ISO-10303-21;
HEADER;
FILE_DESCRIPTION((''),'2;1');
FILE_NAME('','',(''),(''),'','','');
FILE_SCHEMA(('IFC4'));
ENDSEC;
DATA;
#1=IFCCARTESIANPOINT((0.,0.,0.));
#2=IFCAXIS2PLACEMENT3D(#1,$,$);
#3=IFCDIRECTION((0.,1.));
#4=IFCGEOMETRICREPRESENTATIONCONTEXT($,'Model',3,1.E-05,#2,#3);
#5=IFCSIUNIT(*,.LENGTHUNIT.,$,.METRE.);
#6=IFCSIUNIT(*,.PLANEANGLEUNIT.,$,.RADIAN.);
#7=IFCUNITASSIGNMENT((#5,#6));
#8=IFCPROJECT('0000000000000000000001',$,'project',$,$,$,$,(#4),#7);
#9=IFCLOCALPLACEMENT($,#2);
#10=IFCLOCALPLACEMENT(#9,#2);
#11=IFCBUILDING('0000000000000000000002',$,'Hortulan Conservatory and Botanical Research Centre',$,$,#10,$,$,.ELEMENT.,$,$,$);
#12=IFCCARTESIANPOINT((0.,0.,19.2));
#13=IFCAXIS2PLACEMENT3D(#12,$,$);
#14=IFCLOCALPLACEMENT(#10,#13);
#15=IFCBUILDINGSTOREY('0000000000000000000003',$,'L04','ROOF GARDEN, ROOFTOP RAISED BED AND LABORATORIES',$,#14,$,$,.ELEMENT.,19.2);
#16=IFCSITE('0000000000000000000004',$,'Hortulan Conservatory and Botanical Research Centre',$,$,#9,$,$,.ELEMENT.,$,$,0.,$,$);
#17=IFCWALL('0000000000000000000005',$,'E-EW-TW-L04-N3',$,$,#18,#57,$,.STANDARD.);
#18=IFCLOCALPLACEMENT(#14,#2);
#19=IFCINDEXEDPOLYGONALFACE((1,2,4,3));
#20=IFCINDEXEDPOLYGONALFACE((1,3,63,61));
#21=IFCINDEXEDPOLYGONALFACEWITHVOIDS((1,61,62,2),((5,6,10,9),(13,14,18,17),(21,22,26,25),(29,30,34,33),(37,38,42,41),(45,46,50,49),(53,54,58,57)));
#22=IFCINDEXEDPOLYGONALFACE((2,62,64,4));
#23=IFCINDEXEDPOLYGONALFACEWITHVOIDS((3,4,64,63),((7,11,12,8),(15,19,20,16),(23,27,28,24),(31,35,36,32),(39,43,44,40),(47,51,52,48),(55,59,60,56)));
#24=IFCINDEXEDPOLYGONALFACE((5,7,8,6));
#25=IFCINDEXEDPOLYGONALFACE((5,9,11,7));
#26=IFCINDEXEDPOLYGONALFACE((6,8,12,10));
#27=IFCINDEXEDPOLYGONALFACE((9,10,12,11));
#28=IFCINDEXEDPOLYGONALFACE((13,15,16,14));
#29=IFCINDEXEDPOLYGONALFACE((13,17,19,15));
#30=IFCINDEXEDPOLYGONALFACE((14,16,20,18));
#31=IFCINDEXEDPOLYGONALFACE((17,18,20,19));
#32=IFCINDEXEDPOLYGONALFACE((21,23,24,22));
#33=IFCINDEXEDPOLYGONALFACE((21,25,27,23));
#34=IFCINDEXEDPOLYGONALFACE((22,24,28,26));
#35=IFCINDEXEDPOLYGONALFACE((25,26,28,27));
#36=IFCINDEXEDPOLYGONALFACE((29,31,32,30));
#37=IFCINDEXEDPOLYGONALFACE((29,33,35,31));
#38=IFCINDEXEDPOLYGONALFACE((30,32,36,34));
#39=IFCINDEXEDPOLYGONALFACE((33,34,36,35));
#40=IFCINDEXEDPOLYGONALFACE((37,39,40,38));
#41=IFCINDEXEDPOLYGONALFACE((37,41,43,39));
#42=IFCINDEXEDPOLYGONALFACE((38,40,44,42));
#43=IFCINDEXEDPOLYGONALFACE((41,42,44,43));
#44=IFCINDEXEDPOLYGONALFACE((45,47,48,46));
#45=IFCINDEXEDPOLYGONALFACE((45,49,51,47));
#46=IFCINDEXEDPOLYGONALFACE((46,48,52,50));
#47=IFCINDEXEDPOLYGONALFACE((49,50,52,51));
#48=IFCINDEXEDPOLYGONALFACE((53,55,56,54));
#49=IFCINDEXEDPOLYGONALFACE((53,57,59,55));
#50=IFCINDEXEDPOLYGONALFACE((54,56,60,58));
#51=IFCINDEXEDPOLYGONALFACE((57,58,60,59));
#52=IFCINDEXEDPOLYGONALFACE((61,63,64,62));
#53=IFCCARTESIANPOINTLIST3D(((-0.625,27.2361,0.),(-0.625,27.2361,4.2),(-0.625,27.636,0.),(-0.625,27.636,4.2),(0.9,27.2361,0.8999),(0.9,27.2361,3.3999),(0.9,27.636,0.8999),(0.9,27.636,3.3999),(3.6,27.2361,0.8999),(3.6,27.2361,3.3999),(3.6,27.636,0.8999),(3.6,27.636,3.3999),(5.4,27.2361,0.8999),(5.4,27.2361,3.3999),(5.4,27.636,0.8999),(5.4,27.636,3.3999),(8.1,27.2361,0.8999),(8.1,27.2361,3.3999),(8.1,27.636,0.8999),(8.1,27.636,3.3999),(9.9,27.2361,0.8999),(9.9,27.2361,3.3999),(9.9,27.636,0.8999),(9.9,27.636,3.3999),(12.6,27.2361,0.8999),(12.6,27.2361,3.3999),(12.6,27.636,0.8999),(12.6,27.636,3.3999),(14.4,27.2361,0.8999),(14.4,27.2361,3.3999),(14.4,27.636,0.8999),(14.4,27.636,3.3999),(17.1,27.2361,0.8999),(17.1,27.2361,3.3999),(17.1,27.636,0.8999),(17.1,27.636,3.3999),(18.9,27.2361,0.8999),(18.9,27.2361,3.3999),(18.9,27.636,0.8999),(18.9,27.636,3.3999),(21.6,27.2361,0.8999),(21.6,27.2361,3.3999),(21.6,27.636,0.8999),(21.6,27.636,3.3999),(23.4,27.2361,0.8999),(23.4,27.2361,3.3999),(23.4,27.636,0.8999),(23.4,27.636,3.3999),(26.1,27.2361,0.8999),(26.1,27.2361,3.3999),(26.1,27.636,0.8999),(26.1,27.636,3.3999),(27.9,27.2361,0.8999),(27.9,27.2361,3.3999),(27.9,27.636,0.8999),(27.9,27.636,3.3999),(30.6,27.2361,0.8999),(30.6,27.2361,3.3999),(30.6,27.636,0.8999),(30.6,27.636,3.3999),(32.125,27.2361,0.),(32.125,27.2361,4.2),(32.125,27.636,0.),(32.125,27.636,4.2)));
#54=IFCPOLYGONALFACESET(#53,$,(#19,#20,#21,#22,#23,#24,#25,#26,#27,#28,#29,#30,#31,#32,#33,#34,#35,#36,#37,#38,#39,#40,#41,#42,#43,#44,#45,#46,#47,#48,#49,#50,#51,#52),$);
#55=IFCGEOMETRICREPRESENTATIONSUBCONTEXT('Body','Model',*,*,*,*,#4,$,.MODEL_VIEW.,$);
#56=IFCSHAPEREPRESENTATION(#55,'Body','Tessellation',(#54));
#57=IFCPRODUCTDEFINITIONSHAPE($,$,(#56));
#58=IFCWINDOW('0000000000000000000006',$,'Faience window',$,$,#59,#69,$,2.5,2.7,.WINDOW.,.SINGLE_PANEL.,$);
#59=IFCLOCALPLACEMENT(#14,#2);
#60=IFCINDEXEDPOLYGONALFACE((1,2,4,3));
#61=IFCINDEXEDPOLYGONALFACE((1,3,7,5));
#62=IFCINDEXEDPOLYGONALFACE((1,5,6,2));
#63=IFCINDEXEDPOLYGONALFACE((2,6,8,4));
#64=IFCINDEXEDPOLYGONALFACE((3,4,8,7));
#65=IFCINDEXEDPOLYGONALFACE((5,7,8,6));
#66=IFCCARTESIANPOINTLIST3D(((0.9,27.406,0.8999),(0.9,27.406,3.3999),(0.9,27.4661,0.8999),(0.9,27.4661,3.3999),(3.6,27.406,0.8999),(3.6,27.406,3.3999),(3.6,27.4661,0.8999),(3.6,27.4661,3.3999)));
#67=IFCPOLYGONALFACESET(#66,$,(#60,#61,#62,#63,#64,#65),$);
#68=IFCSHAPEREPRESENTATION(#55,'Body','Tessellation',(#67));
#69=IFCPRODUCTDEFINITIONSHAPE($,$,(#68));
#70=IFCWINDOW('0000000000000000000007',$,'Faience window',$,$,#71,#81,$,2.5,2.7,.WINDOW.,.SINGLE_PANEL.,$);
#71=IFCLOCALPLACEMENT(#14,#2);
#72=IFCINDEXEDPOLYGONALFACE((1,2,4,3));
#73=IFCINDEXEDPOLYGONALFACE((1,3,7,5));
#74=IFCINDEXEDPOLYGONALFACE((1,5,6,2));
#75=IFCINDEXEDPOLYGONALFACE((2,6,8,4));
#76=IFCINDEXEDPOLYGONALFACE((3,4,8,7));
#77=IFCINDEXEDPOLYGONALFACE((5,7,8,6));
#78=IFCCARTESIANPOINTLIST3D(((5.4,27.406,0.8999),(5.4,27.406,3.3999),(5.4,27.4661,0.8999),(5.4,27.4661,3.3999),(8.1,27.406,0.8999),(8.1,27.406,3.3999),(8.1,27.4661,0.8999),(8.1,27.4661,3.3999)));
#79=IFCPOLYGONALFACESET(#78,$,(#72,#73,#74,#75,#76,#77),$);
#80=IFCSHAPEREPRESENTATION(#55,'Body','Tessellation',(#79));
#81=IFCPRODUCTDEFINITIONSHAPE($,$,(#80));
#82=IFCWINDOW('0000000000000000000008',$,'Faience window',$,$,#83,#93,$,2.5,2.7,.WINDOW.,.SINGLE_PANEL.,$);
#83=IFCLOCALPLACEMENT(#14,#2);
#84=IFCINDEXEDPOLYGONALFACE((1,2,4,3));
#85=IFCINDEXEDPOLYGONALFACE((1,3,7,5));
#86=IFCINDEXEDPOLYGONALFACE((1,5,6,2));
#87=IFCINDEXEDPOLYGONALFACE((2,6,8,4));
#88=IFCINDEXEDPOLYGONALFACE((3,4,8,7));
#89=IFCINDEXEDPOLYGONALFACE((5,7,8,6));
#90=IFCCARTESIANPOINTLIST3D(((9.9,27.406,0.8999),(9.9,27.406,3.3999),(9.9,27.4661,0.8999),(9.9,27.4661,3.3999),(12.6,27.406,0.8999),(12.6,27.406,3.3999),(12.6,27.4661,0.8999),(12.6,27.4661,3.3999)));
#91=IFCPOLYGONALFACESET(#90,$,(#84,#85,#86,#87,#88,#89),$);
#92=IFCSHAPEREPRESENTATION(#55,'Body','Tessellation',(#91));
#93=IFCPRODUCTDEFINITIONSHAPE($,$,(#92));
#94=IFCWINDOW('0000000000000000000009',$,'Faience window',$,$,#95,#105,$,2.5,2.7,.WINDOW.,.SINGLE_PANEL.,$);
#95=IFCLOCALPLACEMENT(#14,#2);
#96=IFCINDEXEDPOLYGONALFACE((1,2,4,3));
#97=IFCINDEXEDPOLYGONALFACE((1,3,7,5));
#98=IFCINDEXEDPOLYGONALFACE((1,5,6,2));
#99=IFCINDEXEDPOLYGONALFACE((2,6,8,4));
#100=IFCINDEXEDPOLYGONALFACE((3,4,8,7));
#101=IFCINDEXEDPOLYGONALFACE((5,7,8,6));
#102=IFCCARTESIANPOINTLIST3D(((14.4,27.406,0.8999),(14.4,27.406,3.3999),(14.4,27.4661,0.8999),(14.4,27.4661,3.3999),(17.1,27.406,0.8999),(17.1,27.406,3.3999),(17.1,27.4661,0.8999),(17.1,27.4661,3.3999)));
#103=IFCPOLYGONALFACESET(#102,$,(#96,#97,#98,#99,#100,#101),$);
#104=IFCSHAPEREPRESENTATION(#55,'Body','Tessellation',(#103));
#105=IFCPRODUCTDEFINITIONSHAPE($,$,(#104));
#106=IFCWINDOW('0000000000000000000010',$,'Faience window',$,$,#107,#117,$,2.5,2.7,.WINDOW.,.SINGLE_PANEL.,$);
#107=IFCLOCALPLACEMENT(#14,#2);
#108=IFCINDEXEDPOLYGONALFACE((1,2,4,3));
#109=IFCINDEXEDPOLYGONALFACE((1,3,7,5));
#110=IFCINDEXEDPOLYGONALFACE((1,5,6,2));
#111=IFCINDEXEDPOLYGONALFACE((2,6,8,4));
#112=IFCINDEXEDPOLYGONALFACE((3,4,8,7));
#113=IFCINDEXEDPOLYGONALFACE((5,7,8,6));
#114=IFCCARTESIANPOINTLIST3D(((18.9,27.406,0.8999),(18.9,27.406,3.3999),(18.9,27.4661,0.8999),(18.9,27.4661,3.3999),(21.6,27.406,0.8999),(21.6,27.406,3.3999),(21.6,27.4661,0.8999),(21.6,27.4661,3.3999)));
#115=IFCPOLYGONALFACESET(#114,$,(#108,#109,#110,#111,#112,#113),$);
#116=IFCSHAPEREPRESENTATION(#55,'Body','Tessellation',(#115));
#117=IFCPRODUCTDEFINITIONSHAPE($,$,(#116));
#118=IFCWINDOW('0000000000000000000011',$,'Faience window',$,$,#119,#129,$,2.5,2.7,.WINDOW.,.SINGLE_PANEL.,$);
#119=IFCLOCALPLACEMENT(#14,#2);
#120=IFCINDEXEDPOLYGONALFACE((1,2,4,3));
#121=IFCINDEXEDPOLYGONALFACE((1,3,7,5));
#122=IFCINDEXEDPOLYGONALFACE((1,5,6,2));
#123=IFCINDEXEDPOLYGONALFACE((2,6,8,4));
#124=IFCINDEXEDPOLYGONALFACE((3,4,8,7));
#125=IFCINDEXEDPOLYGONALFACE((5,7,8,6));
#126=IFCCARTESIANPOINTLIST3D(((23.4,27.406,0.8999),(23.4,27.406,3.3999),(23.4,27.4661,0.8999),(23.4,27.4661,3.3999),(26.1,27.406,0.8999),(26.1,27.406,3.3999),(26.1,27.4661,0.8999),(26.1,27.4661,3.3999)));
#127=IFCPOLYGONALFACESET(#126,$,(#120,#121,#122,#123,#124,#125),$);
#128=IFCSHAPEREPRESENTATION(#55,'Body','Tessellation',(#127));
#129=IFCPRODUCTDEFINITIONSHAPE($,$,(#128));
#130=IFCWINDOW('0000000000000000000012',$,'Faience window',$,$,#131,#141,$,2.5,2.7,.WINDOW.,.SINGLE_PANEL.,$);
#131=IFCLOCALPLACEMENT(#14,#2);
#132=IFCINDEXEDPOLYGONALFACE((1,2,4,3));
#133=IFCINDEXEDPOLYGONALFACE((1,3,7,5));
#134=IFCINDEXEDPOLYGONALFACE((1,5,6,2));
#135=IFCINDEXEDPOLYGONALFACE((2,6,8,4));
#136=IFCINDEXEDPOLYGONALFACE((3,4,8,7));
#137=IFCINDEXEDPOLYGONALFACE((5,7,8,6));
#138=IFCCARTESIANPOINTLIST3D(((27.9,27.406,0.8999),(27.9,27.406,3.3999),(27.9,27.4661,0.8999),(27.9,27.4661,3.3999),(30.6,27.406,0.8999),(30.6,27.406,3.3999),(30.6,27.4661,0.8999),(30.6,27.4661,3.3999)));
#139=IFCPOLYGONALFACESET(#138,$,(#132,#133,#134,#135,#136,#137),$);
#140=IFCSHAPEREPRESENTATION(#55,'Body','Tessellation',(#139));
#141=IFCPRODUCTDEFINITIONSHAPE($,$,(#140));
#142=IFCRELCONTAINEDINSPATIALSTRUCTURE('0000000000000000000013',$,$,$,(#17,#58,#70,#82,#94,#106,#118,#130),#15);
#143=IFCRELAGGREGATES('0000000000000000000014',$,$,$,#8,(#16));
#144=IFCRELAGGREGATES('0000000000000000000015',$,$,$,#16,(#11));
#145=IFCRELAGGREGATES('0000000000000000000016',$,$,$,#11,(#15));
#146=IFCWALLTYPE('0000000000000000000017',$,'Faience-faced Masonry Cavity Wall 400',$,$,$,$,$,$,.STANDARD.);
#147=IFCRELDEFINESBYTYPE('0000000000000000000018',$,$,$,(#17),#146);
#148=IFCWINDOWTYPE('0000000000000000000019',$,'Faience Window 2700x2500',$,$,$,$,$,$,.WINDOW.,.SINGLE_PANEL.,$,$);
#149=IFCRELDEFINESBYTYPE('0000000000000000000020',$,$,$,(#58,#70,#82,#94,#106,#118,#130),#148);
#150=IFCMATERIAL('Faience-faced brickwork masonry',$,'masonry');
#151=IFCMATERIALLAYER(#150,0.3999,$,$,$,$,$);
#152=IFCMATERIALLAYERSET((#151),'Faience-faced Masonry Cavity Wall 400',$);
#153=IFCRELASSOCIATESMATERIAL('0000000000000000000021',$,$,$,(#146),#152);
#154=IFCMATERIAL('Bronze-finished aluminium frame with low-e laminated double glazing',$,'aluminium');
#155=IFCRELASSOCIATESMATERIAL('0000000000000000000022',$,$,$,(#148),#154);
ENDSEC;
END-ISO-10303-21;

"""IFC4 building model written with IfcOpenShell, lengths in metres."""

from ifc_helpers import new_model, si_unit, direction, frame, frame_2d, origin, place, context, subcontext, project, spatial, rectangle, extrude, material, layer, layer_set, type_object, element, fill, save


model = new_model("IFC4")

# Units and contexts
model_context = context("Model", 3, precision=1e-05, world=origin(), true_north=direction((0.0, 1.0)))
body_context = subcontext(model_context, "Body", "Model", "MODEL_VIEW")
ifc_project = project(units=[si_unit("LENGTHUNIT", "METRE"), si_unit("PLANEANGLEUNIT", "RADIAN")], contexts=[model_context])

# Site, building, storey
site_placement = place(None, origin())
site = spatial("IfcSite", under=ifc_project, at=site_placement, Name="Hortulan Conservatory and Botanical Research Centre", CompositionType="ELEMENT", RefElevation=0.0)
building_placement = place(site_placement, origin())
building = spatial("IfcBuilding", under=site, at=building_placement, Name="Hortulan Conservatory and Botanical Research Centre", CompositionType="ELEMENT")
storey_placement = place(building_placement, frame((0.0, 0.0, 19.2)))
storey = spatial("IfcBuildingStorey", under=building, at=storey_placement, Name="L04", Description="ROOF GARDEN, ROOFTOP RAISED BED AND LABORATORIES", CompositionType="ELEMENT", Elevation=19.2)

# Wall, openings, windows
ifc_material_1 = material(Name="Faience-faced brickwork masonry", Category="masonry")
ifc_layer_1 = layer(ifc_material_1, 0.3999)
ifc_layer_set_1 = layer_set([ifc_layer_1], Name="Faience-faced Masonry Cavity Wall 400")
wall_type = type_object("IfcWallType", Name="Faience-faced Masonry Cavity Wall 400", PredefinedType="STANDARD", material=ifc_layer_set_1)
wall_placement = place(storey_placement, frame((-0.625, 27.436, 0.0), z_axis=(0.0, 0.0, 1.0), x_axis=(1.0, 0.0, 0.0)))
wall = element("IfcWall", 1, at=wall_placement, inside=storey, type_object=wall_type, Name="E-EW-TW-L04-N3", PredefinedType="STANDARD", context=body_context, shape_type="SweptSolid", body=[
    extrude(rectangle(XDim=32.75, YDim=0.3999, at=frame_2d((16.375, 0.0))), origin(), (0.0, 0.0, 1.0), 4.2),
])
opening_1_placement = place(wall_placement, frame((1.5249, 0.0, 0.8999)))
opening_1 = element("IfcOpeningElement", 2, at=opening_1_placement, cuts=wall, PredefinedType="OPENING", context=body_context, shape_type="SweptSolid", body=[
    extrude(rectangle(XDim=2.7, YDim=2.5, at=frame_2d((1.3501, 1.25))), frame((0.0, 0.21, 0.0), z_axis=(0.0, -1.0, 0.0), x_axis=(1.0, 0.0, 0.0)), (0.0, 0.0, 1.0), 0.4199),
])
opening_2_placement = place(wall_placement, frame((6.0249, 0.0, 0.8999)))
opening_2 = element("IfcOpeningElement", 3, at=opening_2_placement, cuts=wall, PredefinedType="OPENING", context=body_context, shape_type="SweptSolid", body=[
    extrude(rectangle(XDim=2.7, YDim=2.5, at=frame_2d((1.3501, 1.25))), frame((0.0, 0.21, 0.0), z_axis=(0.0, -1.0, 0.0), x_axis=(1.0, 0.0, 0.0)), (0.0, 0.0, 1.0), 0.4199),
])
opening_3_placement = place(wall_placement, frame((10.5249, 0.0, 0.8999)))
opening_3 = element("IfcOpeningElement", 4, at=opening_3_placement, cuts=wall, PredefinedType="OPENING", context=body_context, shape_type="SweptSolid", body=[
    extrude(rectangle(XDim=2.7, YDim=2.5, at=frame_2d((1.3501, 1.25))), frame((0.0, 0.21, 0.0), z_axis=(0.0, -1.0, 0.0), x_axis=(1.0, 0.0, 0.0)), (0.0, 0.0, 1.0), 0.4199),
])
opening_4_placement = place(wall_placement, frame((15.0249, 0.0, 0.8999)))
opening_4 = element("IfcOpeningElement", 5, at=opening_4_placement, cuts=wall, PredefinedType="OPENING", context=body_context, shape_type="SweptSolid", body=[
    extrude(rectangle(XDim=2.7, YDim=2.5, at=frame_2d((1.3501, 1.25))), frame((0.0, 0.21, 0.0), z_axis=(0.0, -1.0, 0.0), x_axis=(1.0, 0.0, 0.0)), (0.0, 0.0, 1.0), 0.4199),
])
opening_5_placement = place(wall_placement, frame((19.5249, 0.0, 0.8999)))
opening_5 = element("IfcOpeningElement", 6, at=opening_5_placement, cuts=wall, PredefinedType="OPENING", context=body_context, shape_type="SweptSolid", body=[
    extrude(rectangle(XDim=2.7, YDim=2.5, at=frame_2d((1.3501, 1.25))), frame((0.0, 0.21, 0.0), z_axis=(0.0, -1.0, 0.0), x_axis=(1.0, 0.0, 0.0)), (0.0, 0.0, 1.0), 0.4199),
])
opening_6_placement = place(wall_placement, frame((24.0249, 0.0, 0.8999)))
opening_6 = element("IfcOpeningElement", 7, at=opening_6_placement, cuts=wall, PredefinedType="OPENING", context=body_context, shape_type="SweptSolid", body=[
    extrude(rectangle(XDim=2.7, YDim=2.5, at=frame_2d((1.3501, 1.25))), frame((0.0, 0.21, 0.0), z_axis=(0.0, -1.0, 0.0), x_axis=(1.0, 0.0, 0.0)), (0.0, 0.0, 1.0), 0.4199),
])
opening_7_placement = place(wall_placement, frame((28.5249, 0.0, 0.8999)))
opening_7 = element("IfcOpeningElement", 8, at=opening_7_placement, cuts=wall, PredefinedType="OPENING", context=body_context, shape_type="SweptSolid", body=[
    extrude(rectangle(XDim=2.7, YDim=2.5, at=frame_2d((1.3501, 1.25))), frame((0.0, 0.21, 0.0), z_axis=(0.0, -1.0, 0.0), x_axis=(1.0, 0.0, 0.0)), (0.0, 0.0, 1.0), 0.4199),
])
ifc_material_2 = material(Name="Bronze-finished aluminium frame with low-e laminated double glazing", Category="aluminium")
window_type = type_object("IfcWindowType", Name="Faience Window 2700x2500", PartitioningType="SINGLE_PANEL", PredefinedType="WINDOW", material=ifc_material_2)
window_1_placement = place(opening_1_placement, origin())
window_1 = element("IfcWindow", 9, at=window_1_placement, inside=storey, type_object=window_type, Name="Faience window", OverallHeight=2.5, OverallWidth=2.7, PartitioningType="SINGLE_PANEL", PredefinedType="WINDOW", context=body_context, shape_type="SweptSolid", body=[
    extrude(rectangle(XDim=2.7, YDim=2.5, at=frame_2d((1.3501, 1.25))), frame((0.0, 0.03, 0.0), z_axis=(0.0, -1.0, 0.0), x_axis=(1.0, 0.0, 0.0)), (0.0, 0.0, 1.0), 0.0601),
])
fill(opening_1, window_1)
window_2_placement = place(opening_2_placement, origin())
window_2 = element("IfcWindow", 10, at=window_2_placement, inside=storey, type_object=window_type, Name="Faience window", OverallHeight=2.5, OverallWidth=2.7, PartitioningType="SINGLE_PANEL", PredefinedType="WINDOW", context=body_context, shape_type="SweptSolid", body=[
    extrude(rectangle(XDim=2.7, YDim=2.5, at=frame_2d((1.3501, 1.25))), frame((0.0, 0.03, 0.0), z_axis=(0.0, -1.0, 0.0), x_axis=(1.0, 0.0, 0.0)), (0.0, 0.0, 1.0), 0.0601),
])
fill(opening_2, window_2)
window_3_placement = place(opening_3_placement, origin())
window_3 = element("IfcWindow", 11, at=window_3_placement, inside=storey, type_object=window_type, Name="Faience window", OverallHeight=2.5, OverallWidth=2.7, PartitioningType="SINGLE_PANEL", PredefinedType="WINDOW", context=body_context, shape_type="SweptSolid", body=[
    extrude(rectangle(XDim=2.7, YDim=2.5, at=frame_2d((1.3501, 1.25))), frame((0.0, 0.03, 0.0), z_axis=(0.0, -1.0, 0.0), x_axis=(1.0, 0.0, 0.0)), (0.0, 0.0, 1.0), 0.0601),
])
fill(opening_3, window_3)
window_4_placement = place(opening_4_placement, origin())
window_4 = element("IfcWindow", 12, at=window_4_placement, inside=storey, type_object=window_type, Name="Faience window", OverallHeight=2.5, OverallWidth=2.7, PartitioningType="SINGLE_PANEL", PredefinedType="WINDOW", context=body_context, shape_type="SweptSolid", body=[
    extrude(rectangle(XDim=2.7, YDim=2.5, at=frame_2d((1.3501, 1.25))), frame((0.0, 0.03, 0.0), z_axis=(0.0, -1.0, 0.0), x_axis=(1.0, 0.0, 0.0)), (0.0, 0.0, 1.0), 0.0601),
])
fill(opening_4, window_4)
window_5_placement = place(opening_5_placement, origin())
window_5 = element("IfcWindow", 13, at=window_5_placement, inside=storey, type_object=window_type, Name="Faience window", OverallHeight=2.5, OverallWidth=2.7, PartitioningType="SINGLE_PANEL", PredefinedType="WINDOW", context=body_context, shape_type="SweptSolid", body=[
    extrude(rectangle(XDim=2.7, YDim=2.5, at=frame_2d((1.3501, 1.25))), frame((0.0, 0.03, 0.0), z_axis=(0.0, -1.0, 0.0), x_axis=(1.0, 0.0, 0.0)), (0.0, 0.0, 1.0), 0.0601),
])
fill(opening_5, window_5)
window_6_placement = place(opening_6_placement, origin())
window_6 = element("IfcWindow", 14, at=window_6_placement, inside=storey, type_object=window_type, Name="Faience window", OverallHeight=2.5, OverallWidth=2.7, PartitioningType="SINGLE_PANEL", PredefinedType="WINDOW", context=body_context, shape_type="SweptSolid", body=[
    extrude(rectangle(XDim=2.7, YDim=2.5, at=frame_2d((1.3501, 1.25))), frame((0.0, 0.03, 0.0), z_axis=(0.0, -1.0, 0.0), x_axis=(1.0, 0.0, 0.0)), (0.0, 0.0, 1.0), 0.0601),
])
fill(opening_6, window_6)
window_7_placement = place(opening_7_placement, origin())
window_7 = element("IfcWindow", 15, at=window_7_placement, inside=storey, type_object=window_type, Name="Faience window", OverallHeight=2.5, OverallWidth=2.7, PartitioningType="SINGLE_PANEL", PredefinedType="WINDOW", context=body_context, shape_type="SweptSolid", body=[
    extrude(rectangle(XDim=2.7, YDim=2.5, at=frame_2d((1.3501, 1.25))), frame((0.0, 0.03, 0.0), z_axis=(0.0, -1.0, 0.0), x_axis=(1.0, 0.0, 0.0)), (0.0, 0.0, 1.0), 0.0601),
])
fill(opening_7, window_7)

save(model, "model.ifc")
